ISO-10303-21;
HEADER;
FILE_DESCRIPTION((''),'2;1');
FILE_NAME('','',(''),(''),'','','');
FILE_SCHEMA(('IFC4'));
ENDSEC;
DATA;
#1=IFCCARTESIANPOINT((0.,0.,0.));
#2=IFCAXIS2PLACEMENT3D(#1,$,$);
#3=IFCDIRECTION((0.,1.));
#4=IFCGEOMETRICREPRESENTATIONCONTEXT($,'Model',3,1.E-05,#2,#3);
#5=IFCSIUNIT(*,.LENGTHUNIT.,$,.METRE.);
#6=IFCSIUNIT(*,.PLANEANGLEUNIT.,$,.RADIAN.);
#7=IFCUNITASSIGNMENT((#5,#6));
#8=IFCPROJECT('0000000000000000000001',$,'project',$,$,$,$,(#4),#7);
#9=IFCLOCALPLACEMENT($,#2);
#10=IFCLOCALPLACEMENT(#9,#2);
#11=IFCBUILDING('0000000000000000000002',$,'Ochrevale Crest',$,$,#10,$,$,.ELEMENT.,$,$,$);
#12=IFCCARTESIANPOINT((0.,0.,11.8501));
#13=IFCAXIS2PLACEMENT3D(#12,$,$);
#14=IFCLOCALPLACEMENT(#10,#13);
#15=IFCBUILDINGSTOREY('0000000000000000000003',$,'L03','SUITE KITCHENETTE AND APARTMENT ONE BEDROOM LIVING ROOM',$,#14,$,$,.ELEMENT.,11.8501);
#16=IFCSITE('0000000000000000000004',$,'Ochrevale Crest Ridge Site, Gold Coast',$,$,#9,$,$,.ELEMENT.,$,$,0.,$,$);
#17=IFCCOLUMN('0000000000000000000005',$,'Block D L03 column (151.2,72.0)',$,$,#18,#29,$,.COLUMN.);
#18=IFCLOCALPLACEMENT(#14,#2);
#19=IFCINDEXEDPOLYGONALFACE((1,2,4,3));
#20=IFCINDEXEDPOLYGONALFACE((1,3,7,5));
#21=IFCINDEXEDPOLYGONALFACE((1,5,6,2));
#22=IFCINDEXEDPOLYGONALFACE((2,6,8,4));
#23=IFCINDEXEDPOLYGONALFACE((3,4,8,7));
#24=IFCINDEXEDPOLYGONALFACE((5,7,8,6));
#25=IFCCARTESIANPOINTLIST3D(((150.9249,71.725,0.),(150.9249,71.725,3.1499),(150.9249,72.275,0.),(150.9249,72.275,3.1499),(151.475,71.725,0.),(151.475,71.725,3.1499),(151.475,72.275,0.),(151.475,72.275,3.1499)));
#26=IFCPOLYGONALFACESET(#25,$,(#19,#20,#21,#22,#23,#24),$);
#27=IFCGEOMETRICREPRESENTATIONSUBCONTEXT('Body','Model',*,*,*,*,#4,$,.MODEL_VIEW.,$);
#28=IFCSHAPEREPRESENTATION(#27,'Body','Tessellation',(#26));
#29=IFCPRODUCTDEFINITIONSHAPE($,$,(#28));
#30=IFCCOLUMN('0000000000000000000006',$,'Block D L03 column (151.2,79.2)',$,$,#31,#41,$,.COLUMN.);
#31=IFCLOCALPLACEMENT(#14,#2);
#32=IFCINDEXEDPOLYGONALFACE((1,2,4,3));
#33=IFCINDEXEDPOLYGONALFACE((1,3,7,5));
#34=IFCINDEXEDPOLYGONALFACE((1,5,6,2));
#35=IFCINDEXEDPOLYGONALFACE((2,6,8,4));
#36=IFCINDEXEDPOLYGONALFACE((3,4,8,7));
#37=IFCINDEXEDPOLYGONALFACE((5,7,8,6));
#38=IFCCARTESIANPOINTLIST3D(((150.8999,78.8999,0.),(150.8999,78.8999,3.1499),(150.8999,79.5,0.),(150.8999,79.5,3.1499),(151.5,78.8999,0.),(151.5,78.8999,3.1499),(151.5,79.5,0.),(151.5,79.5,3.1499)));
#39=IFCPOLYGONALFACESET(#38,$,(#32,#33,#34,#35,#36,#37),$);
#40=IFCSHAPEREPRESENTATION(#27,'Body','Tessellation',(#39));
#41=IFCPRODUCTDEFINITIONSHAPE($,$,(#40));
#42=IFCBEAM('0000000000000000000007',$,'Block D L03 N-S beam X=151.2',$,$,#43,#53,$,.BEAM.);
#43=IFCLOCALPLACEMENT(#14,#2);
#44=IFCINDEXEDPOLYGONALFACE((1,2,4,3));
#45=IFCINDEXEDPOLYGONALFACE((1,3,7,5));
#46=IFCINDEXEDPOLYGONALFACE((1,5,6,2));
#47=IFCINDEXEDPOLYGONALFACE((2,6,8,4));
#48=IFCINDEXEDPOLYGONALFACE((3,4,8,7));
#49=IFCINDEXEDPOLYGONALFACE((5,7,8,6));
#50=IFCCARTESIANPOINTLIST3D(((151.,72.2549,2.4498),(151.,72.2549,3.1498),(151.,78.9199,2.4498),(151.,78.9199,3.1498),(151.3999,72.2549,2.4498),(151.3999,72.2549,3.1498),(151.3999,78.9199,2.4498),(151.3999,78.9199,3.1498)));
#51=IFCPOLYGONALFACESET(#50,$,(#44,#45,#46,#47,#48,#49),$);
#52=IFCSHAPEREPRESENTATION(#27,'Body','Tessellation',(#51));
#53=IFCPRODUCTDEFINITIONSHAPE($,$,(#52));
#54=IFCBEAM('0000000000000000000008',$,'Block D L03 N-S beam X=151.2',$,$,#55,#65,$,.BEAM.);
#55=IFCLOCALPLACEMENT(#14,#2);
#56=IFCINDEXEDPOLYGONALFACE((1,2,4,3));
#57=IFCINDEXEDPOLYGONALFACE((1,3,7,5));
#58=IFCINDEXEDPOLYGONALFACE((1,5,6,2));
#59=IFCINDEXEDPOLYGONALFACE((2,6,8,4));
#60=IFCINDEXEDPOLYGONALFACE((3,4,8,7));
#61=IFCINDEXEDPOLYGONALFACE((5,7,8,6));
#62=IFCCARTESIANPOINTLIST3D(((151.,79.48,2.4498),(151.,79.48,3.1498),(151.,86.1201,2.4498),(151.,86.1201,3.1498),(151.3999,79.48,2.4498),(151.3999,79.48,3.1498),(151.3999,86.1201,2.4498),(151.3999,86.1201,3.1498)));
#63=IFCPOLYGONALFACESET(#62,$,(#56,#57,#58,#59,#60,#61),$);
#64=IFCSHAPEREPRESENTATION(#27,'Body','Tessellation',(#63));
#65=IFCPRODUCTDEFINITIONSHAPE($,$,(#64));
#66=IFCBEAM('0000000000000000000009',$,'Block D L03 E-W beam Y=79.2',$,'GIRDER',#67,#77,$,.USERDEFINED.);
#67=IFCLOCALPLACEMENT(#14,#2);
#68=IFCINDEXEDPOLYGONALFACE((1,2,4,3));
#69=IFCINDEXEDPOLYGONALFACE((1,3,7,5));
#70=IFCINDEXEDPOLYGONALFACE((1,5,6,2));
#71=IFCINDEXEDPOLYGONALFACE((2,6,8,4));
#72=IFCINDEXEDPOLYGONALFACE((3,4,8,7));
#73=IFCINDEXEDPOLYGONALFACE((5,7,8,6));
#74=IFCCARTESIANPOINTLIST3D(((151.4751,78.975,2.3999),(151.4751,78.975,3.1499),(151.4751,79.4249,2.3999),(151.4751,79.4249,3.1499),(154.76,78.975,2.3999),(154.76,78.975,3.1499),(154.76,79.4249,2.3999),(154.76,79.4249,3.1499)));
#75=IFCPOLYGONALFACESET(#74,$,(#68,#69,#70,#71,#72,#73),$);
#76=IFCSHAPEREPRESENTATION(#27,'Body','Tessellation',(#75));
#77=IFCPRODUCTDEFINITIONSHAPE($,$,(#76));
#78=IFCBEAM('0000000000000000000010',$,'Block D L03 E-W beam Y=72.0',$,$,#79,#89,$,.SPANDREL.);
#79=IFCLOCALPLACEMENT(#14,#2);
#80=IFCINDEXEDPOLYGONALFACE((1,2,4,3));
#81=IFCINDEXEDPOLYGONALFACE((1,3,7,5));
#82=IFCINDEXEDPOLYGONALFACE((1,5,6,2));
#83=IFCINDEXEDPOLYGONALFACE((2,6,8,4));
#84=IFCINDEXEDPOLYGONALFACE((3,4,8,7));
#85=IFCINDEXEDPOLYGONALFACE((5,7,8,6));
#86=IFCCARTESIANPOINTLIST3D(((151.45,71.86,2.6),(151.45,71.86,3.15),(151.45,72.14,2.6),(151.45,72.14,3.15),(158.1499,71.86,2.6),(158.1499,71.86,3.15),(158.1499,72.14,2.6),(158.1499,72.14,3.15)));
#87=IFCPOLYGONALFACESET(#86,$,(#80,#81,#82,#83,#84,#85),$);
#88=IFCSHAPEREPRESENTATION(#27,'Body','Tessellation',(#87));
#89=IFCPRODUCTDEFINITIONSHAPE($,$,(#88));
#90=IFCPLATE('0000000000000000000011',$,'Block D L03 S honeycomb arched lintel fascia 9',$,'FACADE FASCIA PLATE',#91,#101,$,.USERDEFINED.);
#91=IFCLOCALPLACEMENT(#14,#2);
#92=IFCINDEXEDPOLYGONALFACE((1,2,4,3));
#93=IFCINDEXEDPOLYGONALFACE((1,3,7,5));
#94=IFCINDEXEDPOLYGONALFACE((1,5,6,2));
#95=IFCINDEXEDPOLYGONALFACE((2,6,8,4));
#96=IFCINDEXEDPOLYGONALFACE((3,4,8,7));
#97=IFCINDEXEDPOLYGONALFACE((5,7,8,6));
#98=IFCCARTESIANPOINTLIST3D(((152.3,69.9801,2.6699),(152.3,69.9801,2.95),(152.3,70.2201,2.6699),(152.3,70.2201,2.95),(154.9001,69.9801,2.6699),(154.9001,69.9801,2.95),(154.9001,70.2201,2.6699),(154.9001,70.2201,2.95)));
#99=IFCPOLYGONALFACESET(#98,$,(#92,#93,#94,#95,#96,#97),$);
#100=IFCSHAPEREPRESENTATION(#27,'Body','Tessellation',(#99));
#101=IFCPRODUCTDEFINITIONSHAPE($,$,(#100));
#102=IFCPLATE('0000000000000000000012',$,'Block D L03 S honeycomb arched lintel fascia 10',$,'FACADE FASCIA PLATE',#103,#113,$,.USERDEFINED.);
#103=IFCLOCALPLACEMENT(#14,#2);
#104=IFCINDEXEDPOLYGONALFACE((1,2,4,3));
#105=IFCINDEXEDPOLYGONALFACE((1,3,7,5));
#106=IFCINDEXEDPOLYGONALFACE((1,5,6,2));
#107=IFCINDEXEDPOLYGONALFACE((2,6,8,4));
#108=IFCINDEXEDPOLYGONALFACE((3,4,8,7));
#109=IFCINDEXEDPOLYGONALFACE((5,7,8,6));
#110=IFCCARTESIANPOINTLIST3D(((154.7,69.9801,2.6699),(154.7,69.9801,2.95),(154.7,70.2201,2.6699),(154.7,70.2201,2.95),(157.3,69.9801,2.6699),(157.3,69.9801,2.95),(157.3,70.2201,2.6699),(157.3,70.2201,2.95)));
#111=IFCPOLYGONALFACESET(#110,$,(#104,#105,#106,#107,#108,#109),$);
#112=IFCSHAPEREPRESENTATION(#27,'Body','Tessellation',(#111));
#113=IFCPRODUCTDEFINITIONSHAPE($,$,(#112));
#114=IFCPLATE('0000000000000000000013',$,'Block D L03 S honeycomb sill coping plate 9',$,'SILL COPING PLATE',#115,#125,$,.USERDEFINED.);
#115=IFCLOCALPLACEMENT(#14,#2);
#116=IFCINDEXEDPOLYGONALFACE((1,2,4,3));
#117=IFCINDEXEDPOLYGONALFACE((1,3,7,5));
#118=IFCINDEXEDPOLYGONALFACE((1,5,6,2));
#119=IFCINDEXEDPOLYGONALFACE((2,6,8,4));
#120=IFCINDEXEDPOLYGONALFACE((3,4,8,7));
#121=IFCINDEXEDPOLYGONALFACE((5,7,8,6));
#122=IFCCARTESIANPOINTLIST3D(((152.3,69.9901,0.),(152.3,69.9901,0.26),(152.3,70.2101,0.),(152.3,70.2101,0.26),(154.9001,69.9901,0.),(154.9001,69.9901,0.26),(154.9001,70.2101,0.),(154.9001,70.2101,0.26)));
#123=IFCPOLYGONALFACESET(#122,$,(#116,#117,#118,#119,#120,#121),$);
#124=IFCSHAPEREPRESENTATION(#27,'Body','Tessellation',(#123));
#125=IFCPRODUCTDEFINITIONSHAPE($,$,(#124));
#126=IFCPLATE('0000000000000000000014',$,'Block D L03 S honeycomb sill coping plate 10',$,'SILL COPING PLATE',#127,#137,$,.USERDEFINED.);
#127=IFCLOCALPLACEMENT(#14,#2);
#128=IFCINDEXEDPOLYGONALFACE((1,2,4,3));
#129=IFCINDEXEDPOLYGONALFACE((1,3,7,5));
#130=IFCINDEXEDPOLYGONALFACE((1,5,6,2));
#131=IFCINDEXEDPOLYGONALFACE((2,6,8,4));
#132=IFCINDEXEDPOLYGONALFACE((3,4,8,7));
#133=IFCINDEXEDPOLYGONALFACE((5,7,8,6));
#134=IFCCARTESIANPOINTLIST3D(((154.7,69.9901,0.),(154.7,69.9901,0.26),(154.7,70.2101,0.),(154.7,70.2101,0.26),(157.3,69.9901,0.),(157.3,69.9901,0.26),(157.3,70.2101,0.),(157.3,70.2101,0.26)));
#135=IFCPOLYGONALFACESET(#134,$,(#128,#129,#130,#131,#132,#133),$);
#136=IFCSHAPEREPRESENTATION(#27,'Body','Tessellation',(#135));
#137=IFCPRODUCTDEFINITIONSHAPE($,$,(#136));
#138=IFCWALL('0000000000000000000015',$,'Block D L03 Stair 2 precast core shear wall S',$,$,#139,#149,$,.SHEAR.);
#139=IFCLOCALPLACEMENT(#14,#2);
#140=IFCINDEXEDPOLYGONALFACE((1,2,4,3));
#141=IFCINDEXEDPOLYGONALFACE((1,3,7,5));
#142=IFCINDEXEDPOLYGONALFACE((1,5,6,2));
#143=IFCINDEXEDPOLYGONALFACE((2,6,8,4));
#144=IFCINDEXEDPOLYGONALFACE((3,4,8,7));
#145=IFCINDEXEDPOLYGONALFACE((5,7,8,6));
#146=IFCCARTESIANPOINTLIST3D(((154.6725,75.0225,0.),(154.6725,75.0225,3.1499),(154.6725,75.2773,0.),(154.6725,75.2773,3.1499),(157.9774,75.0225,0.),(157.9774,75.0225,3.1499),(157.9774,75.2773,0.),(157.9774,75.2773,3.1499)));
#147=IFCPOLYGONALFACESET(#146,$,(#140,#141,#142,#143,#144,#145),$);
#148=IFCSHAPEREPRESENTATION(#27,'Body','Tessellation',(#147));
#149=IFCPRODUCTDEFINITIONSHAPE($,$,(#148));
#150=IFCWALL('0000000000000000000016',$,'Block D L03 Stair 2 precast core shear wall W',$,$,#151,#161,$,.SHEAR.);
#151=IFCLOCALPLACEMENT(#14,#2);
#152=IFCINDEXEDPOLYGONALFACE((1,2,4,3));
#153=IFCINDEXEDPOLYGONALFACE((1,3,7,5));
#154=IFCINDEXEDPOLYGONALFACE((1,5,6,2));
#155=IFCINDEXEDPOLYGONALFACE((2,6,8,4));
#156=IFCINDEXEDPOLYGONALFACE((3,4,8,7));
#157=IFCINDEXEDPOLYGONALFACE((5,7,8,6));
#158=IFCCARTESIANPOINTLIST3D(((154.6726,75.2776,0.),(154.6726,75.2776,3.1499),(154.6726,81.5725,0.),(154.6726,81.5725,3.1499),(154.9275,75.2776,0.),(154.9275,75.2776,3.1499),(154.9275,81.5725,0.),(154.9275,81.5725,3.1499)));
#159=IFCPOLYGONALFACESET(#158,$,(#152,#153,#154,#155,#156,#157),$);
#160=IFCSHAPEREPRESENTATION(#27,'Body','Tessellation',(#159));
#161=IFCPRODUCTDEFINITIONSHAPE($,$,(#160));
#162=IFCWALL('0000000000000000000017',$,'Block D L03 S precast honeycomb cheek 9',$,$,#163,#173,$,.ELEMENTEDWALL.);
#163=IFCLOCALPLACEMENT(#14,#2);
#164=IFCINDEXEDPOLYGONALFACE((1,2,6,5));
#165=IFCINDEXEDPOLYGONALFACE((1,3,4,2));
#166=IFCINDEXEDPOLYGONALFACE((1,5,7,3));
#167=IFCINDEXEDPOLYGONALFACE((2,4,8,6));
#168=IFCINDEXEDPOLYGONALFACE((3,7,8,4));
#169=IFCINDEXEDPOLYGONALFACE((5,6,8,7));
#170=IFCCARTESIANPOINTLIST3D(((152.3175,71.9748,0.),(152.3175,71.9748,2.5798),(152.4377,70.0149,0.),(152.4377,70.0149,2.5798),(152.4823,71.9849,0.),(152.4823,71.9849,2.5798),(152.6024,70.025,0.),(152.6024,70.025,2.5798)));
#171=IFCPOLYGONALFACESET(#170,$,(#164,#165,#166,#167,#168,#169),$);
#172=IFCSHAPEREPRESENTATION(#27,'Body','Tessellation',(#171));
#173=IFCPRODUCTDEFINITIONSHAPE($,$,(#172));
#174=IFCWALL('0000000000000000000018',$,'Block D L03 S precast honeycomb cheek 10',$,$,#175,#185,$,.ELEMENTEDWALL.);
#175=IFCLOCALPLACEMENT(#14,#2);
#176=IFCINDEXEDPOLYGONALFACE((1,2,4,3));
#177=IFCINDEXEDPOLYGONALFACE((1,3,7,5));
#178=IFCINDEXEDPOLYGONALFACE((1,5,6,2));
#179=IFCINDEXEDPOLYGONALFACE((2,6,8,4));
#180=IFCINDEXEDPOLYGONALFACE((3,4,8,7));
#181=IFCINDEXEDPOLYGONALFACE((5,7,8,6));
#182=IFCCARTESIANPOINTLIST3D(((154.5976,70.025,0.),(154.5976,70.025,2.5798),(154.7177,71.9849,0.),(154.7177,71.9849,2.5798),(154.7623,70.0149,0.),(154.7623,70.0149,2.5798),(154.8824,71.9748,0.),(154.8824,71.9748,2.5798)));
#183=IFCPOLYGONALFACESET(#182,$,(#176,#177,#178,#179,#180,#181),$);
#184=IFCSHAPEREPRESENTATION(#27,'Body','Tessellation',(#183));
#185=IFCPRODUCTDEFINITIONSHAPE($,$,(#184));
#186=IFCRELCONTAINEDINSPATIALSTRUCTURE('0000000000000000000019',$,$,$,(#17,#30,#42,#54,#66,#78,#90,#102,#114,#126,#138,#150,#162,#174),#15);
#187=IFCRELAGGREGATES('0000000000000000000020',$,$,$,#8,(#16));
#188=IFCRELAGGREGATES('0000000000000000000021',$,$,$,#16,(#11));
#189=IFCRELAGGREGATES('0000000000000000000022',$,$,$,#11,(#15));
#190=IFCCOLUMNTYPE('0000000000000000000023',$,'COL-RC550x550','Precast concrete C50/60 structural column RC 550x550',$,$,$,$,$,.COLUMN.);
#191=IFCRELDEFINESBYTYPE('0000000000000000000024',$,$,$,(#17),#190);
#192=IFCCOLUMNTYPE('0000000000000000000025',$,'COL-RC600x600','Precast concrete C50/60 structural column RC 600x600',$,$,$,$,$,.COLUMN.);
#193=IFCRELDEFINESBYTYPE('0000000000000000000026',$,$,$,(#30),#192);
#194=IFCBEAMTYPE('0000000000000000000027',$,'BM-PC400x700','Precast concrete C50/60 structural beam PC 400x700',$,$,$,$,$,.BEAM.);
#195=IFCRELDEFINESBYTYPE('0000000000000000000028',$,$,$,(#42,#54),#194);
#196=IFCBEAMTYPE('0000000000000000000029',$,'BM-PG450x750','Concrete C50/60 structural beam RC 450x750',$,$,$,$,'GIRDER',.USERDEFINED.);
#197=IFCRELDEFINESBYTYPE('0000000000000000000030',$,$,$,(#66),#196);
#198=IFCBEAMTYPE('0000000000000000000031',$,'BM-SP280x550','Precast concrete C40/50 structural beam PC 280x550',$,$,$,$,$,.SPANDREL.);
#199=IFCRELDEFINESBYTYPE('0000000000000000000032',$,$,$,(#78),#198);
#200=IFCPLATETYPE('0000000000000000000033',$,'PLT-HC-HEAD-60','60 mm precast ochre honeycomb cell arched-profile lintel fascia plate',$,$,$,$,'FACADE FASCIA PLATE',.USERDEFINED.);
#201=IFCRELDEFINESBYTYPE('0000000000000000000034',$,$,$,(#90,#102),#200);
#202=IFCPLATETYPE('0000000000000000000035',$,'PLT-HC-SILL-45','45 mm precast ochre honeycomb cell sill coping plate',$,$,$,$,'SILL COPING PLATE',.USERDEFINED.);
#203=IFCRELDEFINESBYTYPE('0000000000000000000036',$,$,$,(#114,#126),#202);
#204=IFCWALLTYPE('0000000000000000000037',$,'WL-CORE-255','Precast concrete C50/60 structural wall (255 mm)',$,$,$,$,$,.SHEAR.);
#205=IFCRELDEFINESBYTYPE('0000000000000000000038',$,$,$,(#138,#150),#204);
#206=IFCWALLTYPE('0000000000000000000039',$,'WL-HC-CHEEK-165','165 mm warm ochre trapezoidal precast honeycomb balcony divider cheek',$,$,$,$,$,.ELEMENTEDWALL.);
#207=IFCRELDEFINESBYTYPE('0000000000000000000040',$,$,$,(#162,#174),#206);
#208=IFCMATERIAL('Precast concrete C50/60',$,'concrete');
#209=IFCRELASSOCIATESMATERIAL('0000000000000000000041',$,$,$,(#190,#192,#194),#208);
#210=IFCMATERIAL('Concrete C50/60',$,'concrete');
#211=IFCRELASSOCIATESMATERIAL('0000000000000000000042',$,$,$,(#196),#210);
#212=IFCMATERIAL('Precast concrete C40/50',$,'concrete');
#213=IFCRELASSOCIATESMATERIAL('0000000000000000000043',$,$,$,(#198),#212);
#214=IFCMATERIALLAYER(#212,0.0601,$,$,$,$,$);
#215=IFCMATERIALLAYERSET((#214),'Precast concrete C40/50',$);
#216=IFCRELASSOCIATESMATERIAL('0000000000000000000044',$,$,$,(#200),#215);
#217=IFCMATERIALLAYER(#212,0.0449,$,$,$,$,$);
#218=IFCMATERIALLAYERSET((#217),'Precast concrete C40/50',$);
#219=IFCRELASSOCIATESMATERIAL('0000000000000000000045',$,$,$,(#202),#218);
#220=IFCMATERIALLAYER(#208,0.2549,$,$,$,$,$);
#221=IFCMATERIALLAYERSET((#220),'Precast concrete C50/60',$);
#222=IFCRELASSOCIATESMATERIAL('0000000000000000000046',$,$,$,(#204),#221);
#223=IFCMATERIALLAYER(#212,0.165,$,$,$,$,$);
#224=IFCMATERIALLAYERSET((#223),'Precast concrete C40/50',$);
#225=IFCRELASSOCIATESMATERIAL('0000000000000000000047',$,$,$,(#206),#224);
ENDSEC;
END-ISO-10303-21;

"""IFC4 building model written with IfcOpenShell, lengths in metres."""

from ifc_helpers import new_model, si_unit, direction, frame, frame_2d, origin, origin_2d, place, context, subcontext, project, spatial, rectangle, extrude, material, layer, layer_set, material_profile, profile_set, type_object, element, save


model = new_model("IFC4")

# Units and contexts
model_context = context("Model", 3, precision=1e-05, world=origin(), true_north=direction((0.0, 1.0)))
body_context = subcontext(model_context, "Body", "Model", "MODEL_VIEW")
ifc_project = project(units=[si_unit("LENGTHUNIT", "METRE"), si_unit("PLANEANGLEUNIT", "RADIAN")], contexts=[model_context])

# Site, building, storey
site_placement = place(None, origin())
site = spatial("IfcSite", under=ifc_project, at=site_placement, Name="Ochrevale Crest Ridge Site, Gold Coast", CompositionType="ELEMENT", RefElevation=0.0)
building_placement = place(site_placement, origin())
building = spatial("IfcBuilding", under=site, at=building_placement, Name="Ochrevale Crest", CompositionType="ELEMENT")
storey_placement = place(building_placement, frame((0.0, 0.0, 11.8501)))
storey = spatial("IfcBuildingStorey", under=building, at=storey_placement, Name="L03", Description="SUITE KITCHENETTE AND APARTMENT ONE BEDROOM LIVING ROOM", CompositionType="ELEMENT", Elevation=11.8501)

# Columns
ifc_material_1 = material(Name="Precast concrete C50/60", Category="concrete")
ifc_material_profile_1 = material_profile(ifc_material_1, rectangle(XDim=0.55, YDim=0.55, at=origin_2d()), Name="RC 550x550")
ifc_profile_set_1 = profile_set([ifc_material_profile_1], Name="Precast concrete C50/60")
column_type_1 = type_object("IfcColumnType", Name="COL-RC550x550", Description="Precast concrete C50/60 structural column RC 550x550", PredefinedType="COLUMN", material=ifc_profile_set_1)
column_1_placement = place(storey_placement, frame((151.2, 72.0, 0.0), z_axis=(0.0, 0.0, 1.0), x_axis=(1.0, 0.0, 0.0)))
element("IfcColumn", 1, at=column_1_placement, inside=storey, type_object=column_type_1, Name="Block D L03 column (151.2,72.0)", PredefinedType="COLUMN", context=body_context, shape_type="SweptSolid", body=[
    extrude(rectangle(XDim=0.55, YDim=0.55, at=origin_2d()), origin(), (0.0, 0.0, 1.0), 3.1499),
])
ifc_material_profile_2 = material_profile(ifc_material_1, rectangle(XDim=0.6001, YDim=0.6001, at=origin_2d()), Name="RC 600x600")
ifc_profile_set_2 = profile_set([ifc_material_profile_2], Name="Precast concrete C50/60")
column_type_2 = type_object("IfcColumnType", Name="COL-RC600x600", Description="Precast concrete C50/60 structural column RC 600x600", PredefinedType="COLUMN", material=ifc_profile_set_2)
column_2_placement = place(storey_placement, frame((151.2, 79.2, 0.0), z_axis=(0.0, 0.0, 1.0), x_axis=(1.0, 0.0, 0.0)))
element("IfcColumn", 2, at=column_2_placement, inside=storey, type_object=column_type_2, Name="Block D L03 column (151.2,79.2)", PredefinedType="COLUMN", context=body_context, shape_type="SweptSolid", body=[
    extrude(rectangle(XDim=0.6001, YDim=0.6001, at=origin_2d()), origin(), (0.0, 0.0, 1.0), 3.1499),
])

# Beams
ifc_material_profile_3 = material_profile(ifc_material_1, rectangle(XDim=0.3999, YDim=0.7, at=origin_2d()), Name="PC 400x700")
ifc_profile_set_3 = profile_set([ifc_material_profile_3], Name="Precast concrete C50/60")
beam_type_1 = type_object("IfcBeamType", Name="BM-PC400x700", Description="Precast concrete C50/60 structural beam PC 400x700", PredefinedType="BEAM", material=ifc_profile_set_3)
beam_1_placement = place(storey_placement, frame((151.2, 72.2549, 2.7998), z_axis=(0.0, 1.0, 0.0), x_axis=(-1.0, 0.0, 0.0)))
element("IfcBeam", 3, at=beam_1_placement, inside=storey, type_object=beam_type_1, Name="Block D L03 N-S beam X=151.2", PredefinedType="BEAM", context=body_context, shape_type="SweptSolid", body=[
    extrude(rectangle(XDim=0.3999, YDim=0.7, at=origin_2d()), origin(), (0.0, 0.0, 1.0), 6.665),
])
beam_2_placement = place(storey_placement, frame((151.2, 79.48, 2.7998), z_axis=(0.0, 1.0, 0.0), x_axis=(-1.0, 0.0, 0.0)))
element("IfcBeam", 4, at=beam_2_placement, inside=storey, type_object=beam_type_1, Name="Block D L03 N-S beam X=151.2", PredefinedType="BEAM", context=body_context, shape_type="SweptSolid", body=[
    extrude(rectangle(XDim=0.3999, YDim=0.7, at=origin_2d()), origin(), (0.0, 0.0, 1.0), 6.6401),
])
ifc_material_2 = material(Name="Concrete C50/60", Category="concrete")
ifc_material_profile_4 = material_profile(ifc_material_2, rectangle(XDim=0.45, YDim=0.75, at=origin_2d()), Name="RC 450x750")
ifc_profile_set_4 = profile_set([ifc_material_profile_4], Name="Concrete C50/60")
beam_type_2 = type_object("IfcBeamType", Name="BM-PG450x750", Description="Concrete C50/60 structural beam RC 450x750", ElementType="GIRDER", PredefinedType="USERDEFINED", material=ifc_profile_set_4)
beam_3_placement = place(storey_placement, frame((151.4751, 79.2, 2.7749), z_axis=(1.0, 0.0, 0.0), x_axis=(0.0, 1.0, 0.0)))
element("IfcBeam", 5, at=beam_3_placement, inside=storey, type_object=beam_type_2, Name="Block D L03 E-W beam Y=79.2", ObjectType="GIRDER", PredefinedType="USERDEFINED", context=body_context, shape_type="SweptSolid", body=[
    extrude(rectangle(XDim=0.45, YDim=0.75, at=origin_2d()), origin(), (0.0, 0.0, 1.0), 3.2849),
])
ifc_material_3 = material(Name="Precast concrete C40/50", Category="concrete")
ifc_material_profile_5 = material_profile(ifc_material_3, rectangle(XDim=0.28, YDim=0.55, at=origin_2d()), Name="PC 280x550")
ifc_profile_set_5 = profile_set([ifc_material_profile_5], Name="Precast concrete C40/50")
beam_type_3 = type_object("IfcBeamType", Name="BM-SP280x550", Description="Precast concrete C40/50 structural beam PC 280x550", PredefinedType="SPANDREL", material=ifc_profile_set_5)
beam_4_placement = place(storey_placement, frame((151.45, 72.0, 2.875), z_axis=(1.0, 0.0, 0.0), x_axis=(0.0, 1.0, 0.0)))
element("IfcBeam", 6, at=beam_4_placement, inside=storey, type_object=beam_type_3, Name="Block D L03 E-W beam Y=72.0", PredefinedType="SPANDREL", context=body_context, shape_type="SweptSolid", body=[
    extrude(rectangle(XDim=0.28, YDim=0.55, at=origin_2d()), origin(), (0.0, 0.0, 1.0), 6.7),
])

# Plates
ifc_layer_1 = layer(ifc_material_3, 0.0601)
ifc_layer_set_1 = layer_set([ifc_layer_1], Name="Precast concrete C40/50")
plate_type_1 = type_object("IfcPlateType", Name="PLT-HC-HEAD-60", Description="60 mm precast ochre honeycomb cell arched-profile lintel fascia plate", ElementType="FACADE FASCIA PLATE", PredefinedType="USERDEFINED", material=ifc_layer_set_1)
for number, where, z_axis, x_axis, name in (
    (7, (153.6001, 70.1001, 2.6699), (0.0, 0.0, 1.0), (1.0, 0.0, 0.0), "Block D L03 S honeycomb arched lintel fascia 9"),
    (8, (156.0, 70.1001, 2.6699), (0.0, 0.0, 1.0), (1.0, 0.0, 0.0), "Block D L03 S honeycomb arched lintel fascia 10"),
):
    element("IfcPlate", number, at=place(storey_placement, frame(where, z_axis=z_axis, x_axis=x_axis)), inside=storey, type_object=plate_type_1, Name=name, ObjectType="FACADE FASCIA PLATE", PredefinedType="USERDEFINED", context=body_context, shape_type="SweptSolid", body=[
        extrude(rectangle(XDim=2.6001, YDim=0.24, at=origin_2d()), origin(), (0.0, 0.0, 1.0), 0.28),
    ])
ifc_layer_2 = layer(ifc_material_3, 0.0449)
ifc_layer_set_2 = layer_set([ifc_layer_2], Name="Precast concrete C40/50")
plate_type_2 = type_object("IfcPlateType", Name="PLT-HC-SILL-45", Description="45 mm precast ochre honeycomb cell sill coping plate", ElementType="SILL COPING PLATE", PredefinedType="USERDEFINED", material=ifc_layer_set_2)
for number, where, z_axis, x_axis, name in (
    (9, (153.6001, 70.1001, 0.0), (0.0, 0.0, 1.0), (1.0, 0.0, 0.0), "Block D L03 S honeycomb sill coping plate 9"),
    (10, (156.0, 70.1001, 0.0), (0.0, 0.0, 1.0), (1.0, 0.0, 0.0), "Block D L03 S honeycomb sill coping plate 10"),
):
    element("IfcPlate", number, at=place(storey_placement, frame(where, z_axis=z_axis, x_axis=x_axis)), inside=storey, type_object=plate_type_2, Name=name, ObjectType="SILL COPING PLATE", PredefinedType="USERDEFINED", context=body_context, shape_type="SweptSolid", body=[
        extrude(rectangle(XDim=2.6001, YDim=0.22, at=origin_2d()), origin(), (0.0, 0.0, 1.0), 0.26),
    ])

# Walls
ifc_layer_3 = layer(ifc_material_1, 0.2549)
ifc_layer_set_3 = layer_set([ifc_layer_3], Name="Precast concrete C50/60")
wall_type_1 = type_object("IfcWallType", Name="WL-CORE-255", Description="Precast concrete C50/60 structural wall (255 mm)", PredefinedType="SHEAR", material=ifc_layer_set_3)
wall_1_placement = place(storey_placement, frame((154.6726, 75.1499, 0.0), z_axis=(0.0, 0.0, 1.0), x_axis=(1.0, 0.0, 0.0)))
element("IfcWall", 11, at=wall_1_placement, inside=storey, type_object=wall_type_1, Name="Block D L03 Stair 2 precast core shear wall S", PredefinedType="SHEAR", context=body_context, shape_type="SweptSolid", body=[
    extrude(rectangle(XDim=3.3049, YDim=0.2549, at=frame_2d((1.6523, 0.0))), origin(), (0.0, 0.0, 1.0), 3.1499),
])
wall_2_placement = place(storey_placement, frame((154.8, 75.2776, 0.0), z_axis=(0.0, 0.0, 1.0), x_axis=(0.0, 1.0, 0.0)))
element("IfcWall", 12, at=wall_2_placement, inside=storey, type_object=wall_type_1, Name="Block D L03 Stair 2 precast core shear wall W", PredefinedType="SHEAR", context=body_context, shape_type="SweptSolid", body=[
    extrude(rectangle(XDim=6.2949, YDim=0.2549, at=frame_2d((3.1475, 0.0))), origin(), (0.0, 0.0, 1.0), 3.1499),
])
ifc_layer_4 = layer(ifc_material_3, 0.165)
ifc_layer_set_4 = layer_set([ifc_layer_4], Name="Precast concrete C40/50")
wall_type_2 = type_object("IfcWallType", Name="WL-HC-CHEEK-165", Description="165 mm warm ochre trapezoidal precast honeycomb balcony divider cheek", PredefinedType="ELEMENTEDWALL", material=ifc_layer_set_4)
for number, where, z_axis, x_axis, name in (
    (13, (152.3999, 71.98, 0.0), (0.0, 0.0, 1.0), (0.061171, -0.998127, 0.0), "Block D L03 S precast honeycomb cheek 9"),
    (14, (154.8, 71.98, 0.0), (0.0, 0.0, 1.0), (-0.061171, -0.998127, 0.0), "Block D L03 S precast honeycomb cheek 10"),
):
    element("IfcWall", number, at=place(storey_placement, frame(where, z_axis=z_axis, x_axis=x_axis)), inside=storey, type_object=wall_type_2, Name=name, PredefinedType="ELEMENTEDWALL", context=body_context, shape_type="SweptSolid", body=[
        extrude(rectangle(XDim=1.9636, YDim=0.165, at=frame_2d((0.9819, 0.0))), origin(), (0.0, 0.0, 1.0), 2.5798),
    ])

save(model, "model.ifc")
